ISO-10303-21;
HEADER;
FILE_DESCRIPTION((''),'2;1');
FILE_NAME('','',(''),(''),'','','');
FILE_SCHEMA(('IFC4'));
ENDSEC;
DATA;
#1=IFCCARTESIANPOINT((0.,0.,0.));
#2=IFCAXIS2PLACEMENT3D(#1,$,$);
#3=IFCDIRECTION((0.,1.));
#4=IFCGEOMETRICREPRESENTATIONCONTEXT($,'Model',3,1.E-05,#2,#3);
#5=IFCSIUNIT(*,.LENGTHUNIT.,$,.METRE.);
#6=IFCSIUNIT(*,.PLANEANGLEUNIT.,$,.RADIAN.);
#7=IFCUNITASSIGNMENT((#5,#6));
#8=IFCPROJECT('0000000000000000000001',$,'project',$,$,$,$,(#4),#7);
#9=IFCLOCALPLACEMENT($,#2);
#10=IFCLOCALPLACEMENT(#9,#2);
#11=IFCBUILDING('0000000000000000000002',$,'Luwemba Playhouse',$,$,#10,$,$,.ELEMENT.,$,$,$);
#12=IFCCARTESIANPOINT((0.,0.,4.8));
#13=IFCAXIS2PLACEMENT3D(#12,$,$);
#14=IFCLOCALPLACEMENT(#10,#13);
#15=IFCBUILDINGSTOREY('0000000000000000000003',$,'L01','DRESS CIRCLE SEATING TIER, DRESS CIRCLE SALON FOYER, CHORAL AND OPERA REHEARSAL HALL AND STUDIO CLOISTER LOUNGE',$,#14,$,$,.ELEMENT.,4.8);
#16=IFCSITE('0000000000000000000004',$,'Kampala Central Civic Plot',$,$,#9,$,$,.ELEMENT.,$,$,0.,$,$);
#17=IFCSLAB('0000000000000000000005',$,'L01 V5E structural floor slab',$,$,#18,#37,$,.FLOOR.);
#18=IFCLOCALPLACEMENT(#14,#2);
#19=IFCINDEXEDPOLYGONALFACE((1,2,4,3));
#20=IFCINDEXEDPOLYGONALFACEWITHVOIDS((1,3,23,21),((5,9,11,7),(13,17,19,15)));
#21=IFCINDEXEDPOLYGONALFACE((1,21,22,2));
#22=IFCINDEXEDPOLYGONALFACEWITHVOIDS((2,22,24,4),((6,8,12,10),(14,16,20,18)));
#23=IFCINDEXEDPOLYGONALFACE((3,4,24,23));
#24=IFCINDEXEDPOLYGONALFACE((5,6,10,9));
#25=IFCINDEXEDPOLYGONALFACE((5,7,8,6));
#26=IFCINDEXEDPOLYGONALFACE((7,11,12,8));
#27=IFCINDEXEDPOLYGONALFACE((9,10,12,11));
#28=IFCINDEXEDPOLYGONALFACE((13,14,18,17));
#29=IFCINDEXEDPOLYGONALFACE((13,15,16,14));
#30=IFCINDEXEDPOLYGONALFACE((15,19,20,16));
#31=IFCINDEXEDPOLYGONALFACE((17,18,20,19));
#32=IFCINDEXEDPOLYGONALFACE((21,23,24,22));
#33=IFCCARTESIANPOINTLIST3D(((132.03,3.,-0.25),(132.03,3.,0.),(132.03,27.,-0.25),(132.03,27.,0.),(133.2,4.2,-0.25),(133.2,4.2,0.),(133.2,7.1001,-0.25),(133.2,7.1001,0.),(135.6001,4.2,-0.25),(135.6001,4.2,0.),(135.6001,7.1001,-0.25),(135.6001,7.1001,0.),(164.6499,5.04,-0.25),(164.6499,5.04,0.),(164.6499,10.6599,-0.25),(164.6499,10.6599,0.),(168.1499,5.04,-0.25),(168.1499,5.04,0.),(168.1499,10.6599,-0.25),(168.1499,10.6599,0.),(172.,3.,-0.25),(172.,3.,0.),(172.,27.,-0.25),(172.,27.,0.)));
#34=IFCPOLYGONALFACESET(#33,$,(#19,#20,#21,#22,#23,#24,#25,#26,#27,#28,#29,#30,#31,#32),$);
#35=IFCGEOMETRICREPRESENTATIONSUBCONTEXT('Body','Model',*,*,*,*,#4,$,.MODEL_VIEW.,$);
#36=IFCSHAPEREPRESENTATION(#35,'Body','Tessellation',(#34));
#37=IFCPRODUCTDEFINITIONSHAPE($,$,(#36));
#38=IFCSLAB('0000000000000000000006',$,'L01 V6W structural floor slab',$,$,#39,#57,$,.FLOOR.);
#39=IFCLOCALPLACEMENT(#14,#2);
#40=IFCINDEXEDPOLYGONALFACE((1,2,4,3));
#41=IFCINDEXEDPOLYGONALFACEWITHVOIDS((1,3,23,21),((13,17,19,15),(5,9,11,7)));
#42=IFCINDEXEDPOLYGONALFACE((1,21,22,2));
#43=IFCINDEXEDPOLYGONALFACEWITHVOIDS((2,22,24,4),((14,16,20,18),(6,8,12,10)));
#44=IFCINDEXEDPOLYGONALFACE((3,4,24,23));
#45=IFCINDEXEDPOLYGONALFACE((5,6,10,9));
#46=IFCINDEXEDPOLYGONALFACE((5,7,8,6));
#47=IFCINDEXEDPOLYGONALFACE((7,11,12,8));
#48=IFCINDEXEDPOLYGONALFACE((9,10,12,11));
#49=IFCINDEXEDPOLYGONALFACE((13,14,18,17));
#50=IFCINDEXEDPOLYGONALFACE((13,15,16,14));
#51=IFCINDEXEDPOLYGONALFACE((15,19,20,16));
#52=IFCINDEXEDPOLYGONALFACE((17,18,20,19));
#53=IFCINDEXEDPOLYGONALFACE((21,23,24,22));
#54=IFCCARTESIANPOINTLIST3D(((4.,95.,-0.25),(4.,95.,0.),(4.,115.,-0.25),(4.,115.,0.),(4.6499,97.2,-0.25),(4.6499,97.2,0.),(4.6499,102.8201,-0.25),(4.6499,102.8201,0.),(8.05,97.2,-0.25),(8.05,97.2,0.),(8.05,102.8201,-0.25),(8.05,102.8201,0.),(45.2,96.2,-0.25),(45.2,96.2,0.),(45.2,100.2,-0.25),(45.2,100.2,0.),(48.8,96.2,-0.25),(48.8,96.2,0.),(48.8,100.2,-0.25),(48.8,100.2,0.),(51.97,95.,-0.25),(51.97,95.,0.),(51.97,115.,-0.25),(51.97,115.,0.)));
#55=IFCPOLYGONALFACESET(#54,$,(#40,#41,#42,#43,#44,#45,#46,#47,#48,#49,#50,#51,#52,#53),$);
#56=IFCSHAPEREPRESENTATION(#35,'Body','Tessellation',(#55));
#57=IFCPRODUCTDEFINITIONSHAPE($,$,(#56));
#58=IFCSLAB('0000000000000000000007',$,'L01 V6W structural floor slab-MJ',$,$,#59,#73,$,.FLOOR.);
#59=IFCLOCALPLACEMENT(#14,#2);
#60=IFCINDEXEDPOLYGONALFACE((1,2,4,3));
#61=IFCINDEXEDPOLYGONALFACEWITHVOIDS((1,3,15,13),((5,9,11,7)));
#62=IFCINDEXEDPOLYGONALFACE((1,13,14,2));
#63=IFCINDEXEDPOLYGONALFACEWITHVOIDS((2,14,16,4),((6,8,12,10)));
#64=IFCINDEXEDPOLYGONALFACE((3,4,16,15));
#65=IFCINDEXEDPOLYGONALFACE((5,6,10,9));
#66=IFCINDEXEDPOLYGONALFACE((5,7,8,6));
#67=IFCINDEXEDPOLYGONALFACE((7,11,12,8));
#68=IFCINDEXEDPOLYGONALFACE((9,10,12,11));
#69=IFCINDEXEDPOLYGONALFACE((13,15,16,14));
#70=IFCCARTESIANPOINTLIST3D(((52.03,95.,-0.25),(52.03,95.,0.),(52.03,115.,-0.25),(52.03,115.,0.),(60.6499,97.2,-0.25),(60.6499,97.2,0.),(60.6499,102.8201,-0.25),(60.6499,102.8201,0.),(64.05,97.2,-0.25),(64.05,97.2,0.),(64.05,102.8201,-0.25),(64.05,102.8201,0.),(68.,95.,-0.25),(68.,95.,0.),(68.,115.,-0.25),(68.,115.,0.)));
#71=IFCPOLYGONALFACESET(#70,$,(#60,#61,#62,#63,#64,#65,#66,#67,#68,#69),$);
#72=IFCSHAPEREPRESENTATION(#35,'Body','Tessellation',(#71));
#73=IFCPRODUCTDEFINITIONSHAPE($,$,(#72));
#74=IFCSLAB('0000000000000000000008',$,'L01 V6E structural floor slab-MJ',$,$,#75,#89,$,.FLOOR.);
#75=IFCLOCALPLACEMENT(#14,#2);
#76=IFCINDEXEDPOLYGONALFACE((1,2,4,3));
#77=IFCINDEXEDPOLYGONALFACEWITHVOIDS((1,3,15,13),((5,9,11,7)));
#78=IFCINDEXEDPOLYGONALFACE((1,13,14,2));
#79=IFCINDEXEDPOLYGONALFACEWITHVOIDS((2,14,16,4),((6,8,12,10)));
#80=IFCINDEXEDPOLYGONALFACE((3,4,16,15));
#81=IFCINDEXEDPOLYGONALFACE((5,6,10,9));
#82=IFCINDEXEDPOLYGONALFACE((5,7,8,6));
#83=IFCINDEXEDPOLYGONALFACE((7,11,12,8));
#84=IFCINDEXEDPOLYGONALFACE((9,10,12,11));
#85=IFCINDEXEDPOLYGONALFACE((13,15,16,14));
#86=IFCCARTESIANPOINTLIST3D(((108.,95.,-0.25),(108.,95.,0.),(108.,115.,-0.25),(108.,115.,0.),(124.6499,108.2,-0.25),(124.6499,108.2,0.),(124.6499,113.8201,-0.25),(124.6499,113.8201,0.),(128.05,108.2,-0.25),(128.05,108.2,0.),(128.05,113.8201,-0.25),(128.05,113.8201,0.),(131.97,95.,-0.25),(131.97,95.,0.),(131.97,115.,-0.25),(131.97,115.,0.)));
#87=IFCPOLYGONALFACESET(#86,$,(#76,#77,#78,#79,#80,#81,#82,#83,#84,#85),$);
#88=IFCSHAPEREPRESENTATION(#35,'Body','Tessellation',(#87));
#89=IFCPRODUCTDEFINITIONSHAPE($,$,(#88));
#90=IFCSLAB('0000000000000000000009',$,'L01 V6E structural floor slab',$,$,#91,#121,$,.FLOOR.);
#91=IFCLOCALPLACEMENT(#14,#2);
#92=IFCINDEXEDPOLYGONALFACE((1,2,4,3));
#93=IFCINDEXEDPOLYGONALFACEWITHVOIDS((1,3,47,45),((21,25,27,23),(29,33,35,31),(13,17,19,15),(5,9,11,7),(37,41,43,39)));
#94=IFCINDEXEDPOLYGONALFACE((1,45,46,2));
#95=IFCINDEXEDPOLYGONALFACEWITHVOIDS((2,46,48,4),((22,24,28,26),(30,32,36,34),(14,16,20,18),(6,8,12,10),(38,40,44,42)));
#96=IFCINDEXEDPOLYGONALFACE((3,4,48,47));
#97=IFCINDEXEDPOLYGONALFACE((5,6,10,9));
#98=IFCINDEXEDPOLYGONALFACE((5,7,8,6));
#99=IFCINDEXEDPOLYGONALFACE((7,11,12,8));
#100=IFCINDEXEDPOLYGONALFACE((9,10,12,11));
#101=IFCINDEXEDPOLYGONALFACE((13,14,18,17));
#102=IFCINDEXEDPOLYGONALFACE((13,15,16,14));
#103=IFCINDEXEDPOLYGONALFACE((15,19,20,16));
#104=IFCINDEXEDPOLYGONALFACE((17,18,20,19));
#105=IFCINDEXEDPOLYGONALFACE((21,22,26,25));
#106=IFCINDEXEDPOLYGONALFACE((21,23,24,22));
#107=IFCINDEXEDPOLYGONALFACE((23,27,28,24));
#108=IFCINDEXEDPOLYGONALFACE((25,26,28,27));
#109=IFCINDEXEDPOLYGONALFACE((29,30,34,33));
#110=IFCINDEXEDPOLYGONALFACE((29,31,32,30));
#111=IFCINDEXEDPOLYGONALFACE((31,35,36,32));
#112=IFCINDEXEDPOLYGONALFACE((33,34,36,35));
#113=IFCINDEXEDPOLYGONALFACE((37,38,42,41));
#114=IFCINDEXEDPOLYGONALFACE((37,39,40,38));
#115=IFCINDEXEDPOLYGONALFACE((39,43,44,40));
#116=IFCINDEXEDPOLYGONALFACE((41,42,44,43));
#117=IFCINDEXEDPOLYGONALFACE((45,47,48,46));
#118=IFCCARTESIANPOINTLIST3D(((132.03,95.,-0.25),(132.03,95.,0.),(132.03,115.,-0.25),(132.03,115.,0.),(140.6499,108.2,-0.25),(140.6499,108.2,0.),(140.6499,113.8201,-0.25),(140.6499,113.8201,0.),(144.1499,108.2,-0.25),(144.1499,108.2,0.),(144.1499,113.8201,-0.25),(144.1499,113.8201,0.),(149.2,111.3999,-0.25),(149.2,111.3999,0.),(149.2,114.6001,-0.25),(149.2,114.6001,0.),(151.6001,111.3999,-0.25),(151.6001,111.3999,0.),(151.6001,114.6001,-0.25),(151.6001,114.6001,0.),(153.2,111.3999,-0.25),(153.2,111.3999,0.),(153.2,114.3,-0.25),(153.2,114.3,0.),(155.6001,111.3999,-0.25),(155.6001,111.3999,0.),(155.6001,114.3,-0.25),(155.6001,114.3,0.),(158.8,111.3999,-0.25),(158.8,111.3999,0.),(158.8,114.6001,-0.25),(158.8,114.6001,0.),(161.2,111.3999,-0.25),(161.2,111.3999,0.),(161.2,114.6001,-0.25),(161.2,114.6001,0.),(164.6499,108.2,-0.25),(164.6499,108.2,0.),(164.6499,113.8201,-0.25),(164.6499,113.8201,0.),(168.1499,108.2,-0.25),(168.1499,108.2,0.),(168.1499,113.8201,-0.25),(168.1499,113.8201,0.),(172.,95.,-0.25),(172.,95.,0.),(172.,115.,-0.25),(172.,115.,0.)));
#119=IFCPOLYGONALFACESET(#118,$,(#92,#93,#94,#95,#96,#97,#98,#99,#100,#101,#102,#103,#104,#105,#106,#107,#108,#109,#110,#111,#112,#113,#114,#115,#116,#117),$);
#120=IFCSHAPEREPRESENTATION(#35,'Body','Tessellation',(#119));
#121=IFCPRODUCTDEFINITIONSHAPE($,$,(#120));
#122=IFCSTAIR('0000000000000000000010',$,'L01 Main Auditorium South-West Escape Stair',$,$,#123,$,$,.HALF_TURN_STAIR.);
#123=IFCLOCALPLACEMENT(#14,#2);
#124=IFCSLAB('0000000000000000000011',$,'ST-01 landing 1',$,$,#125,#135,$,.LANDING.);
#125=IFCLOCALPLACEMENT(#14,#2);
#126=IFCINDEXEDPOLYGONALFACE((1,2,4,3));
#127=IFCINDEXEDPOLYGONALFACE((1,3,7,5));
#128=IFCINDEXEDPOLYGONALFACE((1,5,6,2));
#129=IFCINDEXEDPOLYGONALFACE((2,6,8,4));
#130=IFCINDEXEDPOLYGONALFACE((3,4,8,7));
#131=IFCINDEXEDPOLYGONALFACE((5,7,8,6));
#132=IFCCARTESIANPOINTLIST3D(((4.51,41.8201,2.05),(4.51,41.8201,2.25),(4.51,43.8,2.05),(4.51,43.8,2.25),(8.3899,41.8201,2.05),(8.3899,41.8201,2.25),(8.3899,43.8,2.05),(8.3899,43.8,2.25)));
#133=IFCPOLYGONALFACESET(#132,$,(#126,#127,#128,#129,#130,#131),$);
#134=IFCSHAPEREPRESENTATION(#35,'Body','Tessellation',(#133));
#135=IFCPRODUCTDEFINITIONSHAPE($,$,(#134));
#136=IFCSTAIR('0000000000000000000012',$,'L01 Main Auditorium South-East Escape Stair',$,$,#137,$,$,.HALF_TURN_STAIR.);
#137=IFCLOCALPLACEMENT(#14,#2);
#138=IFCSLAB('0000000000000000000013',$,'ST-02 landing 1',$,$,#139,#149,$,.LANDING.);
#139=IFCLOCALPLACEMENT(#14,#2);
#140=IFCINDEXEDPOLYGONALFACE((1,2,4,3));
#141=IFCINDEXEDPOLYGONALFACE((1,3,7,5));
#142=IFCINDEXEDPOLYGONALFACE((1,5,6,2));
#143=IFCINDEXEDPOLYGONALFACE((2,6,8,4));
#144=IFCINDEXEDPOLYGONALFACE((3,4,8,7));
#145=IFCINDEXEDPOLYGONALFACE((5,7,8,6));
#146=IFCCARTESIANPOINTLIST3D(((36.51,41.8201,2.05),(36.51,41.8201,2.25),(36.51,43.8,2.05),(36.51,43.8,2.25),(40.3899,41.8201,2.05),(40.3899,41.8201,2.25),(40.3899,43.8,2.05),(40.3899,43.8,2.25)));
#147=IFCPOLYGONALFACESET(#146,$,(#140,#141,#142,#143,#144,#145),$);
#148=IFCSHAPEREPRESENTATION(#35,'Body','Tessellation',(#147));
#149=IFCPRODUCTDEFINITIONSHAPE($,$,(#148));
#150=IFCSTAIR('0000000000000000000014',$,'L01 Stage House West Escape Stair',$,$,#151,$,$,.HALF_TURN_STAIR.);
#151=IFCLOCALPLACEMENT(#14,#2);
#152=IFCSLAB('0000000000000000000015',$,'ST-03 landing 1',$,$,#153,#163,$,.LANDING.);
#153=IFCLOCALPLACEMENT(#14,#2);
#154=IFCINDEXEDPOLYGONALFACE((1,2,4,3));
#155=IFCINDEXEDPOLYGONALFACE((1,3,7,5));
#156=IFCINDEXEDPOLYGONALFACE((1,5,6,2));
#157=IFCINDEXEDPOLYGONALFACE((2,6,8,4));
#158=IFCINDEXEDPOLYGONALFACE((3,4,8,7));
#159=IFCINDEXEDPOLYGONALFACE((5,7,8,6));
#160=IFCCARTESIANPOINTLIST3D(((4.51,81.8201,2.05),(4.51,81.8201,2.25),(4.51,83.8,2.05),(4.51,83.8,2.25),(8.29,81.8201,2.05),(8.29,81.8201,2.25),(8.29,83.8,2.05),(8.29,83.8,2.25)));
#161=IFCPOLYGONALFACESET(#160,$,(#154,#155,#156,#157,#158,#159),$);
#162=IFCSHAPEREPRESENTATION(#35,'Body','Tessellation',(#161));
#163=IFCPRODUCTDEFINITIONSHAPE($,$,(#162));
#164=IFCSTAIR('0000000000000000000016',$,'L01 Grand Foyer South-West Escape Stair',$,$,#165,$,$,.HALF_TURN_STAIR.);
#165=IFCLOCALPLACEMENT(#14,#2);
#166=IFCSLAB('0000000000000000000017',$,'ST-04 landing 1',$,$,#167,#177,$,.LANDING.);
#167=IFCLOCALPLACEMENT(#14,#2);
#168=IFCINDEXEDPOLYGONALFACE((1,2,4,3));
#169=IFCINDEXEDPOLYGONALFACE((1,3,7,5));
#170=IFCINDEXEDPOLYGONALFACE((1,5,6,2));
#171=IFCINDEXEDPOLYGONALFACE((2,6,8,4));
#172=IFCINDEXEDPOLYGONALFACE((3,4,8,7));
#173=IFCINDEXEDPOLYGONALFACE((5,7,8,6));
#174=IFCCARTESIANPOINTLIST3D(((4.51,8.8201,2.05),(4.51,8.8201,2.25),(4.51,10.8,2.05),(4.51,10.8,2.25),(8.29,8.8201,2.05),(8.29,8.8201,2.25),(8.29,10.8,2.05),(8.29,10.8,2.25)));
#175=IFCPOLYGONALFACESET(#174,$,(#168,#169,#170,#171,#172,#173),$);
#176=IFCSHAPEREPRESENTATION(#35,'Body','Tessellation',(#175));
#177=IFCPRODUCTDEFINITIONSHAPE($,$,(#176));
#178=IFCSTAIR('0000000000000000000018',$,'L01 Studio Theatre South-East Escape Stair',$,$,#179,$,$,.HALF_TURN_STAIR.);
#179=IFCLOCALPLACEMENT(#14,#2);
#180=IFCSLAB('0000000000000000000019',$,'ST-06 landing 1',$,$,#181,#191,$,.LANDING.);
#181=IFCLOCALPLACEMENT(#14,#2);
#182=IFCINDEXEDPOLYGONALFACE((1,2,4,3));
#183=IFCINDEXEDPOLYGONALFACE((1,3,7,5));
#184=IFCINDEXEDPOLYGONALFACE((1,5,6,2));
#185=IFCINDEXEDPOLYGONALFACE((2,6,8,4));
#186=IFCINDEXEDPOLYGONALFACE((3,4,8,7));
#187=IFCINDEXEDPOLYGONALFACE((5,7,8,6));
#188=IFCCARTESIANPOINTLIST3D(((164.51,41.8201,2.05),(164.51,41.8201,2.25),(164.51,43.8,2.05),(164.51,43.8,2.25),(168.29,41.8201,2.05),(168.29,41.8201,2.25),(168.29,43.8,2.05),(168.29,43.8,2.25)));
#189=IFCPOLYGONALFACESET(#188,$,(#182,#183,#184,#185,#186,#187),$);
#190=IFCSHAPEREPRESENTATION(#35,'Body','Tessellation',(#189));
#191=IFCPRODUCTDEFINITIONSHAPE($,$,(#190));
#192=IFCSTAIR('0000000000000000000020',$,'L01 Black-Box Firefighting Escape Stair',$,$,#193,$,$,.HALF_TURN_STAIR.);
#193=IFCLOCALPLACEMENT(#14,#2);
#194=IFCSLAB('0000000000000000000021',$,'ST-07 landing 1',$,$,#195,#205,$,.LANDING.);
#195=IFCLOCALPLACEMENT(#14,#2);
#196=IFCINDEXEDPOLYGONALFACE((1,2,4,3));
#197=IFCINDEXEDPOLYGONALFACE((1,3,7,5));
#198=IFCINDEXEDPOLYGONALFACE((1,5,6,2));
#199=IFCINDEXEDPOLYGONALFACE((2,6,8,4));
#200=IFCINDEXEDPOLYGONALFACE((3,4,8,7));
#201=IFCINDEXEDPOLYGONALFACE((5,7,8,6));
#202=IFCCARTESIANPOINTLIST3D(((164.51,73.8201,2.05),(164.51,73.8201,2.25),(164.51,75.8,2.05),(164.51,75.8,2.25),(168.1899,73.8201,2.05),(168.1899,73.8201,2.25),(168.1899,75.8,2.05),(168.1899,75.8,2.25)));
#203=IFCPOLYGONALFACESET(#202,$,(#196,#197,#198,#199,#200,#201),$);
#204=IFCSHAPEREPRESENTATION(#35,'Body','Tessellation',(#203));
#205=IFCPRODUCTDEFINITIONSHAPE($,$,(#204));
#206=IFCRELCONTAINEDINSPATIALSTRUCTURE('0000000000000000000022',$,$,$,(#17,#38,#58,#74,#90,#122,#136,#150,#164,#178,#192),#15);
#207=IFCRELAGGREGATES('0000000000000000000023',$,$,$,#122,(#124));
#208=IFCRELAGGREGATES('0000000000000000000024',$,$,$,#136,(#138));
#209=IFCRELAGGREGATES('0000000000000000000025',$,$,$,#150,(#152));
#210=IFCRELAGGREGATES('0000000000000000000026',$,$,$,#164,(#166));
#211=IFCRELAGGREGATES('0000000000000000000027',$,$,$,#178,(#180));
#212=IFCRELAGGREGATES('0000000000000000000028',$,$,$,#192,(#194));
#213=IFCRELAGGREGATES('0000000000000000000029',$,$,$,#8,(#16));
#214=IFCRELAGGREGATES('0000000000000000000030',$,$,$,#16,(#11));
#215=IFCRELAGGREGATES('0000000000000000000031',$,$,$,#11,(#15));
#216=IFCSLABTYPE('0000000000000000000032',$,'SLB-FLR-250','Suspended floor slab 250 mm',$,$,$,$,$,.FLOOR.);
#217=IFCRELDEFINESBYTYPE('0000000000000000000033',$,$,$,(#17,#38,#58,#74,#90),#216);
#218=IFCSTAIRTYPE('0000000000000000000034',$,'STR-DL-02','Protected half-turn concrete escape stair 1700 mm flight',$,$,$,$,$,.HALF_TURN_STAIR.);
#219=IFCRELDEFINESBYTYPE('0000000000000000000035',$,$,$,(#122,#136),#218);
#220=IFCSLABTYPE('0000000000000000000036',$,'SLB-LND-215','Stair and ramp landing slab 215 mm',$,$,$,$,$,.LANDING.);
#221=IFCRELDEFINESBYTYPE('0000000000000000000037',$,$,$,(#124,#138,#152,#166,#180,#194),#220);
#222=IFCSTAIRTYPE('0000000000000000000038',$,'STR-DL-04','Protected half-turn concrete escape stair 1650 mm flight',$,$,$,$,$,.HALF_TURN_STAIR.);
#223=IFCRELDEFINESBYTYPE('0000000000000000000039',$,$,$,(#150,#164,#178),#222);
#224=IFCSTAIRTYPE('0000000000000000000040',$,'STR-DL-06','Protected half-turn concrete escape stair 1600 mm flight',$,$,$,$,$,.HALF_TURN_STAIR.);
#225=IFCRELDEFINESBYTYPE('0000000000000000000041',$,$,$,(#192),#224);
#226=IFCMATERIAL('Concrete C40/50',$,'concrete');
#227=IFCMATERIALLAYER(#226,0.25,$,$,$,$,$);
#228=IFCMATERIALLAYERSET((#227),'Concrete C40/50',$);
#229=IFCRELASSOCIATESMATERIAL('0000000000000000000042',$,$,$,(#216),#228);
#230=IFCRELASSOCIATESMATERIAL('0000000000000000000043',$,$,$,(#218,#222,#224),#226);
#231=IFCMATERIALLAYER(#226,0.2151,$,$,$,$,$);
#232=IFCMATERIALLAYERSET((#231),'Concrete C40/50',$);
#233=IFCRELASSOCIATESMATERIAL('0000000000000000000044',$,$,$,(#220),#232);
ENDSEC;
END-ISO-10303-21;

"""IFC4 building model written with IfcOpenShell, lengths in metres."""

from ifc_helpers import new_model, si_unit, direction, frame, origin, place, context, subcontext, project, spatial, polyline, outline, extrude, material, layer, layer_set, type_object, element, aggregate, save


model = new_model("IFC4")

# Units and contexts
model_context = context("Model", 3, precision=1e-05, world=origin(), true_north=direction((0.0, 1.0)))
body_context = subcontext(model_context, "Body", "Model", "MODEL_VIEW")
ifc_project = project(units=[si_unit("LENGTHUNIT", "METRE"), si_unit("PLANEANGLEUNIT", "RADIAN")], contexts=[model_context])

# Site, building, storey
site_placement = place(None, origin())
site = spatial("IfcSite", under=ifc_project, at=site_placement, Name="Kampala Central Civic Plot", CompositionType="ELEMENT", RefElevation=0.0)
building_placement = place(site_placement, origin())
building = spatial("IfcBuilding", under=site, at=building_placement, Name="Luwemba Playhouse", CompositionType="ELEMENT")
storey_placement = place(building_placement, frame((0.0, 0.0, 4.8)))
storey = spatial("IfcBuildingStorey", under=building, at=storey_placement, Name="L01", Description="DRESS CIRCLE SEATING TIER, DRESS CIRCLE SALON FOYER, CHORAL AND OPERA REHEARSAL HALL AND STUDIO CLOISTER LOUNGE", CompositionType="ELEMENT", Elevation=4.8)

# Slabs
ifc_material_1 = material(Name="Concrete C40/50", Category="concrete")
ifc_layer_1 = layer(ifc_material_1, 0.25)
ifc_layer_set_1 = layer_set([ifc_layer_1], Name="Concrete C40/50")
slab_type_1 = type_object("IfcSlabType", Name="SLB-FLR-250", Description="Suspended floor slab 250 mm", PredefinedType="FLOOR", material=ifc_layer_set_1)
slab_1_placement = place(storey_placement, frame((0.0, 0.0, -0.25)))
element("IfcSlab", 1, at=slab_1_placement, inside=storey, type_object=slab_type_1, Name="L01 V5E structural floor slab", PredefinedType="FLOOR", context=body_context, shape_type="SweptSolid", body=[
    extrude(outline(polyline([(172.0, 27.0), (172.0, 3.0), (132.03, 3.0), (132.03, 27.0), (172.0, 27.0)]), holes=[polyline([(135.6001, 4.2), (135.6001, 7.1001), (133.2, 7.1001), (133.2, 4.2), (135.6001, 4.2)]), polyline([(168.1499, 5.04), (168.1499, 10.6599), (164.6499, 10.6599), (164.6499, 5.04), (168.1499, 5.04)])]), origin(), (0.0, 0.0, 1.0), 0.25),
])
slab_2_placement = place(storey_placement, frame((0.0, 0.0, -0.25)))
element("IfcSlab", 2, at=slab_2_placement, inside=storey, type_object=slab_type_1, Name="L01 V6W structural floor slab", PredefinedType="FLOOR", context=body_context, shape_type="SweptSolid", body=[
    extrude(outline(polyline([(51.97, 115.0), (51.97, 95.0), (4.0, 95.0), (4.0, 115.0), (51.97, 115.0)]), holes=[polyline([(48.8, 96.2), (48.8, 100.2), (45.2, 100.2), (45.2, 96.2), (48.8, 96.2)]), polyline([(8.05, 97.2), (8.05, 102.8201), (4.6499, 102.8201), (4.6499, 97.2), (8.05, 97.2)])]), origin(), (0.0, 0.0, 1.0), 0.25),
])
slab_3_placement = place(storey_placement, frame((0.0, 0.0, -0.25)))
element("IfcSlab", 3, at=slab_3_placement, inside=storey, type_object=slab_type_1, Name="L01 V6W structural floor slab-MJ", PredefinedType="FLOOR", context=body_context, shape_type="SweptSolid", body=[
    extrude(outline(polyline([(68.0, 115.0), (68.0, 95.0), (52.03, 95.0), (52.03, 115.0), (68.0, 115.0)]), holes=[polyline([(64.05, 97.2), (64.05, 102.8201), (60.6499, 102.8201), (60.6499, 97.2), (64.05, 97.2)])]), origin(), (0.0, 0.0, 1.0), 0.25),
])
slab_4_placement = place(storey_placement, frame((0.0, 0.0, -0.25)))
element("IfcSlab", 4, at=slab_4_placement, inside=storey, type_object=slab_type_1, Name="L01 V6E structural floor slab-MJ", PredefinedType="FLOOR", context=body_context, shape_type="SweptSolid", body=[
    extrude(outline(polyline([(131.97, 115.0), (131.97, 95.0), (108.0, 95.0), (108.0, 115.0), (131.97, 115.0)]), holes=[polyline([(128.05, 108.2), (128.05, 113.8201), (124.6499, 113.8201), (124.6499, 108.2), (128.05, 108.2)])]), origin(), (0.0, 0.0, 1.0), 0.25),
])
slab_5_placement = place(storey_placement, frame((0.0, 0.0, -0.25)))
element("IfcSlab", 5, at=slab_5_placement, inside=storey, type_object=slab_type_1, Name="L01 V6E structural floor slab", PredefinedType="FLOOR", context=body_context, shape_type="SweptSolid", body=[
    extrude(outline(polyline([(172.0, 115.0), (172.0, 95.0), (132.03, 95.0), (132.03, 115.0), (172.0, 115.0)]), holes=[polyline([(140.6499, 108.2), (144.1499, 108.2), (144.1499, 113.8201), (140.6499, 113.8201), (140.6499, 108.2)]), polyline([(164.6499, 108.2), (168.1499, 108.2), (168.1499, 113.8201), (164.6499, 113.8201), (164.6499, 108.2)]), polyline([(153.2, 111.3999), (155.6001, 111.3999), (155.6001, 114.3), (153.2, 114.3), (153.2, 111.3999)]), polyline([(149.2, 114.6001), (149.2, 111.3999), (151.6001, 111.3999), (151.6001, 114.6001), (149.2, 114.6001)]), polyline([(158.8, 114.6001), (158.8, 111.3999), (161.2, 111.3999), (161.2, 114.6001), (158.8, 114.6001)])]), origin(), (0.0, 0.0, 1.0), 0.25),
])

# Stairs, slabs
stair_type_1 = type_object("IfcStairType", Name="STR-DL-02", Description="Protected half-turn concrete escape stair 1700 mm flight", PredefinedType="HALF_TURN_STAIR", material=ifc_material_1)
stair_1_placement = place(storey_placement, origin())
stair_1 = element("IfcStair", 6, at=stair_1_placement, inside=storey, type_object=stair_type_1, Name="L01 Main Auditorium South-West Escape Stair", PredefinedType="HALF_TURN_STAIR")
ifc_layer_2 = layer(ifc_material_1, 0.2151)
ifc_layer_set_2 = layer_set([ifc_layer_2], Name="Concrete C40/50")
slab_type_2 = type_object("IfcSlabType", Name="SLB-LND-215", Description="Stair and ramp landing slab 215 mm", PredefinedType="LANDING", material=ifc_layer_set_2)
slab_6_placement = place(storey_placement, frame((0.0, 0.0, 2.05)))
slab_6 = element("IfcSlab", 7, at=slab_6_placement, type_object=slab_type_2, Name="ST-01 landing 1", PredefinedType="LANDING", context=body_context, shape_type="SweptSolid", body=[
    extrude(outline(polyline([(8.3899, 41.8201), (4.51, 41.8201), (4.51, 43.8), (8.3899, 43.8), (8.3899, 41.8201)])), origin(), (0.0, 0.0, 1.0), 0.2),
])
aggregate(stair_1, [slab_6])
stair_2_placement = place(storey_placement, origin())
stair_2 = element("IfcStair", 8, at=stair_2_placement, inside=storey, type_object=stair_type_1, Name="L01 Main Auditorium South-East Escape Stair", PredefinedType="HALF_TURN_STAIR")
slab_7_placement = place(storey_placement, frame((0.0, 0.0, 2.05)))
slab_7 = element("IfcSlab", 9, at=slab_7_placement, type_object=slab_type_2, Name="ST-02 landing 1", PredefinedType="LANDING", context=body_context, shape_type="SweptSolid", body=[
    extrude(outline(polyline([(40.3899, 41.8201), (36.51, 41.8201), (36.51, 43.8), (40.3899, 43.8), (40.3899, 41.8201)])), origin(), (0.0, 0.0, 1.0), 0.2),
])
aggregate(stair_2, [slab_7])
stair_type_2 = type_object("IfcStairType", Name="STR-DL-04", Description="Protected half-turn concrete escape stair 1650 mm flight", PredefinedType="HALF_TURN_STAIR", material=ifc_material_1)
stair_3_placement = place(storey_placement, origin())
stair_3 = element("IfcStair", 10, at=stair_3_placement, inside=storey, type_object=stair_type_2, Name="L01 Stage House West Escape Stair", PredefinedType="HALF_TURN_STAIR")
slab_8_placement = place(storey_placement, frame((0.0, 0.0, 2.05)))
slab_8 = element("IfcSlab", 11, at=slab_8_placement, type_object=slab_type_2, Name="ST-03 landing 1", PredefinedType="LANDING", context=body_context, shape_type="SweptSolid", body=[
    extrude(outline(polyline([(8.29, 81.8201), (4.51, 81.8201), (4.51, 83.8), (8.29, 83.8), (8.29, 81.8201)])), origin(), (0.0, 0.0, 1.0), 0.2),
])
aggregate(stair_3, [slab_8])
stair_4_placement = place(storey_placement, origin())
stair_4 = element("IfcStair", 12, at=stair_4_placement, inside=storey, type_object=stair_type_2, Name="L01 Grand Foyer South-West Escape Stair", PredefinedType="HALF_TURN_STAIR")
slab_9_placement = place(storey_placement, frame((0.0, 0.0, 2.05)))
slab_9 = element("IfcSlab", 13, at=slab_9_placement, type_object=slab_type_2, Name="ST-04 landing 1", PredefinedType="LANDING", context=body_context, shape_type="SweptSolid", body=[
    extrude(outline(polyline([(8.29, 8.8201), (4.51, 8.8201), (4.51, 10.8), (8.29, 10.8), (8.29, 8.8201)])), origin(), (0.0, 0.0, 1.0), 0.2),
])
aggregate(stair_4, [slab_9])
stair_5_placement = place(storey_placement, origin())
stair_5 = element("IfcStair", 14, at=stair_5_placement, inside=storey, type_object=stair_type_2, Name="L01 Studio Theatre South-East Escape Stair", PredefinedType="HALF_TURN_STAIR")
slab_10_placement = place(storey_placement, frame((0.0, 0.0, 2.05)))
slab_10 = element("IfcSlab", 15, at=slab_10_placement, type_object=slab_type_2, Name="ST-06 landing 1", PredefinedType="LANDING", context=body_context, shape_type="SweptSolid", body=[
    extrude(outline(polyline([(168.29, 41.8201), (164.51, 41.8201), (164.51, 43.8), (168.29, 43.8), (168.29, 41.8201)])), origin(), (0.0, 0.0, 1.0), 0.2),
])
aggregate(stair_5, [slab_10])
stair_type_3 = type_object("IfcStairType", Name="STR-DL-06", Description="Protected half-turn concrete escape stair 1600 mm flight", PredefinedType="HALF_TURN_STAIR", material=ifc_material_1)
stair_6_placement = place(storey_placement, origin())
stair_6 = element("IfcStair", 16, at=stair_6_placement, inside=storey, type_object=stair_type_3, Name="L01 Black-Box Firefighting Escape Stair", PredefinedType="HALF_TURN_STAIR")
slab_11_placement = place(storey_placement, frame((0.0, 0.0, 2.05)))
slab_11 = element("IfcSlab", 17, at=slab_11_placement, type_object=slab_type_2, Name="ST-07 landing 1", PredefinedType="LANDING", context=body_context, shape_type="SweptSolid", body=[
    extrude(outline(polyline([(168.1899, 73.8201), (164.51, 73.8201), (164.51, 75.8), (168.1899, 75.8), (168.1899, 73.8201)])), origin(), (0.0, 0.0, 1.0), 0.2),
])
aggregate(stair_6, [slab_11])

save(model, "model.ifc")
